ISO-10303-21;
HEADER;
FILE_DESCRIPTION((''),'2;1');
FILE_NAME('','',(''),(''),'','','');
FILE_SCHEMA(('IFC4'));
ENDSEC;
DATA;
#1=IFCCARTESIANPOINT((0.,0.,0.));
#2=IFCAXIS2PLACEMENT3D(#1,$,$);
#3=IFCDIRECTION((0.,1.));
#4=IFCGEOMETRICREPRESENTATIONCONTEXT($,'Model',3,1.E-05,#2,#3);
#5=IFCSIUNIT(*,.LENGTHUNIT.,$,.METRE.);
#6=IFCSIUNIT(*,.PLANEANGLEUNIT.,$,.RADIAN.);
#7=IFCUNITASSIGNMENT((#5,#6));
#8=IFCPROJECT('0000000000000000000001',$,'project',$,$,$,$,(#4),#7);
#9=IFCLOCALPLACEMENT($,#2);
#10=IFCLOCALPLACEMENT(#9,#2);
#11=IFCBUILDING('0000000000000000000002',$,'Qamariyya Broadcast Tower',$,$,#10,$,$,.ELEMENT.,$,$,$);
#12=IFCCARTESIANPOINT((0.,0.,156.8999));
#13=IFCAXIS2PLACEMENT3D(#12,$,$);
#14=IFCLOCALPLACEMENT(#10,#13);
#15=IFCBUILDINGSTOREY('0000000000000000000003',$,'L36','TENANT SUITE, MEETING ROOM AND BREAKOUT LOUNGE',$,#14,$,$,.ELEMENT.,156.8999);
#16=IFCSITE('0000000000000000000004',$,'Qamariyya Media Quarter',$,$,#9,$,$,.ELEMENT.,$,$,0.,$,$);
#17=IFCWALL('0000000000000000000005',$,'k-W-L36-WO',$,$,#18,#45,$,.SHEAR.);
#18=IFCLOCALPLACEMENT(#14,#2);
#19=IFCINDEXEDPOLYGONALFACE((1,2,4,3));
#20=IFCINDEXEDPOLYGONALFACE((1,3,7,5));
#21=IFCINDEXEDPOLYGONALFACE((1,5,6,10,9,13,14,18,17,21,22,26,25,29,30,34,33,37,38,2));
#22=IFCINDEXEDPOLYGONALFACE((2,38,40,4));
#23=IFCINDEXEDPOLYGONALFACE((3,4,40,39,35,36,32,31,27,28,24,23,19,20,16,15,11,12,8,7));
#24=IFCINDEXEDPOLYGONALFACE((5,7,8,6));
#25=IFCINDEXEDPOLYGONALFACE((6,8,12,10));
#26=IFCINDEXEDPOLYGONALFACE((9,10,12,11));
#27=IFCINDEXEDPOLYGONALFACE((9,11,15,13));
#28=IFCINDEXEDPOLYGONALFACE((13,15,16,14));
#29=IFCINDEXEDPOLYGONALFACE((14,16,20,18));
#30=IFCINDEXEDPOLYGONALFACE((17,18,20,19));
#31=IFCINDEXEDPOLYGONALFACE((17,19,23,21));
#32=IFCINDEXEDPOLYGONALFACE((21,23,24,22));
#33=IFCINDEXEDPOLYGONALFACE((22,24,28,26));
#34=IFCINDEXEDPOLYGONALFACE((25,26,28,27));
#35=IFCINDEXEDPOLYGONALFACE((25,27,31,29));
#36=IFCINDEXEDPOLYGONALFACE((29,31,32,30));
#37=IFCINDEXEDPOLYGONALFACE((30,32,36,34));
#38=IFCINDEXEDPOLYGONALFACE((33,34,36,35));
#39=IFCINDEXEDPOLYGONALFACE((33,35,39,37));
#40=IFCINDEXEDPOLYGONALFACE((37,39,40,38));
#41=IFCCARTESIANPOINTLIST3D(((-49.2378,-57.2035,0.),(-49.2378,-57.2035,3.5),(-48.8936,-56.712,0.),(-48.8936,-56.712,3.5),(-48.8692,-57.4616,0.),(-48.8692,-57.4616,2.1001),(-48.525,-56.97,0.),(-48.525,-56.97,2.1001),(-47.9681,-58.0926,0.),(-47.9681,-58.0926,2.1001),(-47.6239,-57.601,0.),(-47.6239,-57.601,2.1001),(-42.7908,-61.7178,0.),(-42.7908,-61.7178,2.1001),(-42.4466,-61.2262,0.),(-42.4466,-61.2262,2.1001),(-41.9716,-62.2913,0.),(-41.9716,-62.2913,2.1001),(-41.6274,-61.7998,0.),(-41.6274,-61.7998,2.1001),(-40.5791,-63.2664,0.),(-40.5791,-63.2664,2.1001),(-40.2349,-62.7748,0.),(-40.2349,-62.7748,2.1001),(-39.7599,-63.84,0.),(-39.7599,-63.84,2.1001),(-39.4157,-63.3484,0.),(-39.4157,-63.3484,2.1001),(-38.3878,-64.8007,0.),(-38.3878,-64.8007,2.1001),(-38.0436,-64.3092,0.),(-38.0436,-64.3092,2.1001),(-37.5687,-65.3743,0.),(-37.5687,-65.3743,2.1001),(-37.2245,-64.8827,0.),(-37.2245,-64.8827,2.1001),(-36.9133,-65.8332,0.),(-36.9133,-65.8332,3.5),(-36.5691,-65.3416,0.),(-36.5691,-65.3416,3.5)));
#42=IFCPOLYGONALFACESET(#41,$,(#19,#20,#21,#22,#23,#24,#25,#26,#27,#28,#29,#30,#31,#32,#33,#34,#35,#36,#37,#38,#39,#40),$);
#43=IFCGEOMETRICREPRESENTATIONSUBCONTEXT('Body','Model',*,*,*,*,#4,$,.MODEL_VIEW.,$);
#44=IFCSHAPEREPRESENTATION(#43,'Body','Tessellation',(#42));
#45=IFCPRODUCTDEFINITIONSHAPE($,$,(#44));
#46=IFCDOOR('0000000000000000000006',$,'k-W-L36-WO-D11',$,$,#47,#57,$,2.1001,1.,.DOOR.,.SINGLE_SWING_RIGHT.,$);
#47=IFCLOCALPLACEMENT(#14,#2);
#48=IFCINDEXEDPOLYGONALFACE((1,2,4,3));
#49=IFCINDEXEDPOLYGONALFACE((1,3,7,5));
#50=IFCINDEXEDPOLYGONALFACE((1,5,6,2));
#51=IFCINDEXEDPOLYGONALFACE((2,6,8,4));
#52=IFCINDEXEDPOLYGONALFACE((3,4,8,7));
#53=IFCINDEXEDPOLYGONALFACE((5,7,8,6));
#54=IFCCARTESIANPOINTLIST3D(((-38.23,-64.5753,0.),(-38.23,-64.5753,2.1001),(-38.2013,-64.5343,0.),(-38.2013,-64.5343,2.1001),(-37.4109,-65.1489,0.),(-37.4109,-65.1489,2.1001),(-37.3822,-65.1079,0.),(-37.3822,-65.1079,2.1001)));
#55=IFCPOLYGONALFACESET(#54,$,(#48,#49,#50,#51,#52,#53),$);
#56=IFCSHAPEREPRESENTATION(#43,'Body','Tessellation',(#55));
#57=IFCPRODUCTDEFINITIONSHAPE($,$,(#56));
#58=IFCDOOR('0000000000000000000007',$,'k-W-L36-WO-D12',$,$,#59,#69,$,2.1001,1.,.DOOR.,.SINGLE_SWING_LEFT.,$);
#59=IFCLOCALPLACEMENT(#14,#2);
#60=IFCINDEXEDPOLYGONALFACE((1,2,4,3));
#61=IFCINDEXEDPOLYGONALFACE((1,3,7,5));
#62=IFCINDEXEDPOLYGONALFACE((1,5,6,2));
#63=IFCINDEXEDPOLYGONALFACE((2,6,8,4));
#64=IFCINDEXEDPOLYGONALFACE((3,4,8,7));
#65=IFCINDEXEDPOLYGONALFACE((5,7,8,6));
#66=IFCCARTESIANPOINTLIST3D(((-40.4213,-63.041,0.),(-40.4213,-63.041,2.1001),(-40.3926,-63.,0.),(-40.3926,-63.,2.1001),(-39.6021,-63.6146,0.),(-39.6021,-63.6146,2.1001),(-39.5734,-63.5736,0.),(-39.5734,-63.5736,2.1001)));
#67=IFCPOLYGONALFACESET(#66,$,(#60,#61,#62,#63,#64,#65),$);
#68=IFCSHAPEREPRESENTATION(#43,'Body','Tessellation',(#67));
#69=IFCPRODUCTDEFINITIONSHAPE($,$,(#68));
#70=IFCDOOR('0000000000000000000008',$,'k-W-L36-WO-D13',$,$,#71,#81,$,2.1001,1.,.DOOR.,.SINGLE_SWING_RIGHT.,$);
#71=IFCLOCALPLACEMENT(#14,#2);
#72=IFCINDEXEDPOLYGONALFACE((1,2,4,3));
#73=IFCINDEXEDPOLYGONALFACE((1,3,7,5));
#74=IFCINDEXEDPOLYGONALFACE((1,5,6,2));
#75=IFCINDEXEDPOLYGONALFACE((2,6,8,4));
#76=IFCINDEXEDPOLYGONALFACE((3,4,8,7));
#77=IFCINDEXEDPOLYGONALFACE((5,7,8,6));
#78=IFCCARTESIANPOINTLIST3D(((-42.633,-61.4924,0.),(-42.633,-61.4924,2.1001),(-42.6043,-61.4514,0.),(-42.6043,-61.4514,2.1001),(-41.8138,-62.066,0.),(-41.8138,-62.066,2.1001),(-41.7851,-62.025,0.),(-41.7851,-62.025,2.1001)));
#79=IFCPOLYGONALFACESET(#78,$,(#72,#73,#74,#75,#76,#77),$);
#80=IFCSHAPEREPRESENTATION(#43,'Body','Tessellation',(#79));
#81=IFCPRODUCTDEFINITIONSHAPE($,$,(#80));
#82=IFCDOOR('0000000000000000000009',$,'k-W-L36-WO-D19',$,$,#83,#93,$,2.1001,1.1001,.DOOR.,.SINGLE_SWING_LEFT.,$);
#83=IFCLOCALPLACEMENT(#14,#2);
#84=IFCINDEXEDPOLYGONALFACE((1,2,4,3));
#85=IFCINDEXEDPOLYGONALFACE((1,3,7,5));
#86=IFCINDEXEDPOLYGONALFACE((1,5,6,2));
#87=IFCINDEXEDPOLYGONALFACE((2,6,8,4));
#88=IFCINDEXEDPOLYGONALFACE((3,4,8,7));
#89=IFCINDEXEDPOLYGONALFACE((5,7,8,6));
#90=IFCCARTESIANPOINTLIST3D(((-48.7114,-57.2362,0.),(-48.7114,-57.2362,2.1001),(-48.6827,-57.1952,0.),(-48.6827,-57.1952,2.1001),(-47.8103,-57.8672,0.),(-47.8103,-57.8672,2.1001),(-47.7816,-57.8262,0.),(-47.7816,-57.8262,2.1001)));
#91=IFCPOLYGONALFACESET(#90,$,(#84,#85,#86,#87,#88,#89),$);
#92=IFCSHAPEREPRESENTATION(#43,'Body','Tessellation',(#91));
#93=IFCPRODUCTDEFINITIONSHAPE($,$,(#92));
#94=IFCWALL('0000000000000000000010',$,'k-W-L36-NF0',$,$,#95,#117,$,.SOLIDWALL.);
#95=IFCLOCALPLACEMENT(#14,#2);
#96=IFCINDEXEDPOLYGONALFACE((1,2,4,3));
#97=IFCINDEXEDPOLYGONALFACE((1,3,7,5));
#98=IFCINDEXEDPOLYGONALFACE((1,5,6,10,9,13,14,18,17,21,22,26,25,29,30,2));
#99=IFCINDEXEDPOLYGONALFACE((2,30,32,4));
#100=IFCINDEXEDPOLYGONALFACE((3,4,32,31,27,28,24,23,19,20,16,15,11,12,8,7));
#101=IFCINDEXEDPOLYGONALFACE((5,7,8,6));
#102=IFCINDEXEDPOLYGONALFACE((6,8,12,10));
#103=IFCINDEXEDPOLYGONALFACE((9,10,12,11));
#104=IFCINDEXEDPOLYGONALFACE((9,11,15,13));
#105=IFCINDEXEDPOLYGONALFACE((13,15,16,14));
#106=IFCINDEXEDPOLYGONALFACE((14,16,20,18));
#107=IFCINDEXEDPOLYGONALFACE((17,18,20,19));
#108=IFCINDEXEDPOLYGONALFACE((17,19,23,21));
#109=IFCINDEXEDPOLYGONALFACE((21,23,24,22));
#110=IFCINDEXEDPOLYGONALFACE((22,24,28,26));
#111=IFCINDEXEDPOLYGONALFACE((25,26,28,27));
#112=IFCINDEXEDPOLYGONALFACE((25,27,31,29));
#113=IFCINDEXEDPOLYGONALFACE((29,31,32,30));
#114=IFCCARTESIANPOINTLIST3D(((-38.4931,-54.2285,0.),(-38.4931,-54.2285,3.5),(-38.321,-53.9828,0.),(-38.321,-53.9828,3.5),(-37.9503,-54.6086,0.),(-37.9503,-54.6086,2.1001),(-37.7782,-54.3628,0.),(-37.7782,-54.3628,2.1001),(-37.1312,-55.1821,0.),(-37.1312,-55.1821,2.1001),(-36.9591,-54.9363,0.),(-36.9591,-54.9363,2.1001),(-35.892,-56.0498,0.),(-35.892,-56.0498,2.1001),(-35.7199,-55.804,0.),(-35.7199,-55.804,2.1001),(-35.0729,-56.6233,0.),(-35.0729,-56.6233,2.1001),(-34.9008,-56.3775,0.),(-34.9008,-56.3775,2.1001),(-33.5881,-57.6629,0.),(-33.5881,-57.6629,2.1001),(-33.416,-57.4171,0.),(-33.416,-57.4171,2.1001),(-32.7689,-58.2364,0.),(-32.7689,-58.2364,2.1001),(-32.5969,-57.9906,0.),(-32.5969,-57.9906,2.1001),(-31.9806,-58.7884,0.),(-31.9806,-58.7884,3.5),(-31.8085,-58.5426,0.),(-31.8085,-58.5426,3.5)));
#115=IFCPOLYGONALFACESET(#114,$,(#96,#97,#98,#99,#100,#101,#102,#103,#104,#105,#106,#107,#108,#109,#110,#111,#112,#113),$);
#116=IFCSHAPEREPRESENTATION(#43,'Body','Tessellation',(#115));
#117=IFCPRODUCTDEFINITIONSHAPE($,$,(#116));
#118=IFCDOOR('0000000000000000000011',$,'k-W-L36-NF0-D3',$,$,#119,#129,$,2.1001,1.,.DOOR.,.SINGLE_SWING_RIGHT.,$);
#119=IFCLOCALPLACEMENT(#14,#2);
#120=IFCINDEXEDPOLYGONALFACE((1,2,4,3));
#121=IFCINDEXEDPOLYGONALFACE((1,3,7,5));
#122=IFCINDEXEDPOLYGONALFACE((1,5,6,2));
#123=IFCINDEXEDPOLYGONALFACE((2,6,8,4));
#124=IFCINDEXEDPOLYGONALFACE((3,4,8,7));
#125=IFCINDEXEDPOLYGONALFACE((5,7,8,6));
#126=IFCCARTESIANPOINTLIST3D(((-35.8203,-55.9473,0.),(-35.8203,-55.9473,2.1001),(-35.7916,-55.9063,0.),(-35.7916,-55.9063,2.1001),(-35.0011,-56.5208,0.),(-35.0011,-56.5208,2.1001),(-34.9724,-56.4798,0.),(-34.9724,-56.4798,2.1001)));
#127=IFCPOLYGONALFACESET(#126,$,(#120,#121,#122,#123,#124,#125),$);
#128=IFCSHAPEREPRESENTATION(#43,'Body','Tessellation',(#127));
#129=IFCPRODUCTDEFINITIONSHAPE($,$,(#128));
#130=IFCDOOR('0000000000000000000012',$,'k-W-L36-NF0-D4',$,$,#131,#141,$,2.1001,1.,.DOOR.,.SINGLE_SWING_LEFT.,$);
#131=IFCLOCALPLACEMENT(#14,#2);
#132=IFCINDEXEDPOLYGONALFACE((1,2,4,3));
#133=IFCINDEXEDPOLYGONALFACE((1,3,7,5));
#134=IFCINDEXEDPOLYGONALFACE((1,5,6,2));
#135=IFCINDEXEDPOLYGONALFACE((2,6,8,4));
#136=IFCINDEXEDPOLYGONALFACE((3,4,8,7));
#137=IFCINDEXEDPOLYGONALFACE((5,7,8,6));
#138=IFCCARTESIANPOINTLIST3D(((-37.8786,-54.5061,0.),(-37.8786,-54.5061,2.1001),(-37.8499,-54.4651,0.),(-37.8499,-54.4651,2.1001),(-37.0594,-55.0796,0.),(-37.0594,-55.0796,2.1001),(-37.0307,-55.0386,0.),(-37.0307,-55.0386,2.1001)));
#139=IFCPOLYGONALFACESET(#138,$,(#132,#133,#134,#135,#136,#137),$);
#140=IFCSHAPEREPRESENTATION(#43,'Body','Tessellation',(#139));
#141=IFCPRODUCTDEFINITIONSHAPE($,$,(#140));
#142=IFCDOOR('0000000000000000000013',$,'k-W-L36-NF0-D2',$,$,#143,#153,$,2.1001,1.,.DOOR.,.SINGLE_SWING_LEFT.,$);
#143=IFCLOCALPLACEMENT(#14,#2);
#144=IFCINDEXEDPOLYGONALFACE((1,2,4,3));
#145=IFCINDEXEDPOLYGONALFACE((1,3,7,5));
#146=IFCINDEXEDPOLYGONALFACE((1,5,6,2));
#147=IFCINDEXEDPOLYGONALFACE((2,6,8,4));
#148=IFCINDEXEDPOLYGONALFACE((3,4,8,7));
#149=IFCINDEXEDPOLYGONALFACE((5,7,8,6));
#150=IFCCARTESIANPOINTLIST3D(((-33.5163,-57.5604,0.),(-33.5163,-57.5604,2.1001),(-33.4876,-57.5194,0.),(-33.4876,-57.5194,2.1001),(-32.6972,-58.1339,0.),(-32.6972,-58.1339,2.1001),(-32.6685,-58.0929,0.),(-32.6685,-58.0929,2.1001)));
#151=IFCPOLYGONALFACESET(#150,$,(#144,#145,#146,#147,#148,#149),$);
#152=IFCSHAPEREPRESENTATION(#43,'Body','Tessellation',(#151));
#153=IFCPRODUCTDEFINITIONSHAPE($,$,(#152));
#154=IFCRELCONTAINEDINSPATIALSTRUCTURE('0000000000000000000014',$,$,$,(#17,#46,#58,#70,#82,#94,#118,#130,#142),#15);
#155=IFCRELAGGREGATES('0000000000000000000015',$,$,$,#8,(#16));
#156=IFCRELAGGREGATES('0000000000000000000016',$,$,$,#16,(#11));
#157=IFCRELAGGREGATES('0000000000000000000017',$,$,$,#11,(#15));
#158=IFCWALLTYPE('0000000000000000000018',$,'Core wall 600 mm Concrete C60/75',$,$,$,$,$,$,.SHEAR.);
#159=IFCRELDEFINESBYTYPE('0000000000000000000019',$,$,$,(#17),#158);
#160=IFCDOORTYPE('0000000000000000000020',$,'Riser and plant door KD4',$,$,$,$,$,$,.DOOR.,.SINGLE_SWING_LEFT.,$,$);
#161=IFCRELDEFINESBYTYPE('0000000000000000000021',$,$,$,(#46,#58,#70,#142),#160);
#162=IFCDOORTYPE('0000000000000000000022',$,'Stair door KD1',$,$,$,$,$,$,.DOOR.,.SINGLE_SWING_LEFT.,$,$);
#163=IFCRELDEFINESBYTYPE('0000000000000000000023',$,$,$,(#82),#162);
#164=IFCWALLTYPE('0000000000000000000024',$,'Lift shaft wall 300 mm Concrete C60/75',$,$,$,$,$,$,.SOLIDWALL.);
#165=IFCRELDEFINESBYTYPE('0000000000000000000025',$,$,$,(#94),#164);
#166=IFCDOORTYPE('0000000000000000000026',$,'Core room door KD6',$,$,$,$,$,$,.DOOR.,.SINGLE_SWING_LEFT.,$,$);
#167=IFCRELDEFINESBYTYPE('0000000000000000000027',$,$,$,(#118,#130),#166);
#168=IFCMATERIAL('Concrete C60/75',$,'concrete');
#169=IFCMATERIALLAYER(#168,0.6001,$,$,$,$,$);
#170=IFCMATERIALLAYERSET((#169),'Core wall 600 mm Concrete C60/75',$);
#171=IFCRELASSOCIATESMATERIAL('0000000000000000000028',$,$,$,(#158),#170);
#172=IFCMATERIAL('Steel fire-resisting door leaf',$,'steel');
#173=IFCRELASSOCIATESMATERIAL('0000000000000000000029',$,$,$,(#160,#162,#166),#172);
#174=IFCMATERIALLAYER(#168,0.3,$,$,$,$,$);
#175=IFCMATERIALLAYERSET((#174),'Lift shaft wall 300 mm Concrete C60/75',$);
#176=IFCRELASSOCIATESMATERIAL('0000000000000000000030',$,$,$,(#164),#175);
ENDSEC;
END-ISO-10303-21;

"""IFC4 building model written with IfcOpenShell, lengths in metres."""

from ifc_helpers import new_model, si_unit, direction, frame, frame_2d, origin, place, context, subcontext, project, spatial, rectangle, extrude, material, layer, layer_set, type_object, element, fill, save


model = new_model("IFC4")

# Units and contexts
model_context = context("Model", 3, precision=1e-05, world=origin(), true_north=direction((0.0, 1.0)))
body_context = subcontext(model_context, "Body", "Model", "MODEL_VIEW")
ifc_project = project(units=[si_unit("LENGTHUNIT", "METRE"), si_unit("PLANEANGLEUNIT", "RADIAN")], contexts=[model_context])

# Site, building, storey
site_placement = place(None, origin())
site = spatial("IfcSite", under=ifc_project, at=site_placement, Name="Qamariyya Media Quarter", CompositionType="ELEMENT", RefElevation=0.0)
building_placement = place(site_placement, origin())
building = spatial("IfcBuilding", under=site, at=building_placement, Name="Qamariyya Broadcast Tower", CompositionType="ELEMENT")
storey_placement = place(building_placement, frame((0.0, 0.0, 156.8999)))
storey = spatial("IfcBuildingStorey", under=building, at=storey_placement, Name="L36", Description="TENANT SUITE, MEETING ROOM AND BREAKOUT LOUNGE", CompositionType="ELEMENT", Elevation=156.8999)

# Walls, openings, doors
ifc_material_1 = material(Name="Concrete C60/75", Category="concrete")
ifc_layer_1 = layer(ifc_material_1, 0.6001)
ifc_layer_set_1 = layer_set([ifc_layer_1], Name="Core wall 600 mm Concrete C60/75")
wall_type_1 = type_object("IfcWallType", Name="Core wall 600 mm Concrete C60/75", PredefinedType="SHEAR", material=ifc_layer_set_1)
wall_1_placement = place(storey_placement, frame((-36.7412, -65.5874, 0.0), z_axis=(0.0, 0.0, 1.0), x_axis=(-0.819153, 0.573575, 0.0)))
wall_1 = element("IfcWall", 1, at=wall_1_placement, inside=storey, type_object=wall_type_1, Name="k-W-L36-WO", PredefinedType="SHEAR", context=body_context, shape_type="SweptSolid", body=[
    extrude(rectangle(XDim=15.0454, YDim=0.6001, at=frame_2d((7.5227, 0.0))), origin(), (0.0, 0.0, 1.0), 3.5),
])
opening_1_placement = place(wall_1_placement, frame((0.8, 0.0, 0.0)))
opening_1 = element("IfcOpeningElement", 2, at=opening_1_placement, cuts=wall_1, PredefinedType="OPENING", context=body_context, shape_type="SweptSolid", body=[
    extrude(rectangle(XDim=1.0, YDim=2.1001, at=frame_2d((0.5, 1.05))), frame((0.0, 0.3101, 0.0), z_axis=(0.0, -1.0, 0.0), x_axis=(1.0, 0.0, 0.0)), (0.0, 0.0, 1.0), 0.6201),
])
opening_2_placement = place(wall_1_placement, frame((3.4751, 0.0, 0.0)))
opening_2 = element("IfcOpeningElement", 3, at=opening_2_placement, cuts=wall_1, PredefinedType="OPENING", context=body_context, shape_type="SweptSolid", body=[
    extrude(rectangle(XDim=1.0, YDim=2.1001, at=frame_2d((0.5, 1.05))), frame((0.0, 0.3101, 0.0), z_axis=(0.0, -1.0, 0.0), x_axis=(1.0, 0.0, 0.0)), (0.0, 0.0, 1.0), 0.6201),
])
opening_3_placement = place(wall_1_placement, frame((6.175, 0.0, 0.0)))
opening_3 = element("IfcOpeningElement", 4, at=opening_3_placement, cuts=wall_1, PredefinedType="OPENING", context=body_context, shape_type="SweptSolid", body=[
    extrude(rectangle(XDim=1.0, YDim=2.1001, at=frame_2d((0.5, 1.05))), frame((0.0, 0.3101, 0.0), z_axis=(0.0, -1.0, 0.0), x_axis=(1.0, 0.0, 0.0)), (0.0, 0.0, 1.0), 0.6201),
])
opening_4_placement = place(wall_1_placement, frame((13.4954, 0.0, 0.0)))
opening_4 = element("IfcOpeningElement", 5, at=opening_4_placement, cuts=wall_1, PredefinedType="OPENING", context=body_context, shape_type="SweptSolid", body=[
    extrude(rectangle(XDim=1.1001, YDim=2.1001, at=frame_2d((0.55, 1.05))), frame((0.0, 0.3101, 0.0), z_axis=(0.0, -1.0, 0.0), x_axis=(1.0, 0.0, 0.0)), (0.0, 0.0, 1.0), 0.6201),
])
ifc_material_2 = material(Name="Steel fire-resisting door leaf", Category="steel")
door_type_1 = type_object("IfcDoorType", Name="Riser and plant door KD4", OperationType="SINGLE_SWING_LEFT", PredefinedType="DOOR", material=ifc_material_2)
door_1_placement = place(opening_1_placement, origin())
door_1 = element("IfcDoor", 6, at=door_1_placement, inside=storey, type_object=door_type_1, Name="k-W-L36-WO-D11", OperationType="SINGLE_SWING_RIGHT", OverallHeight=2.1001, OverallWidth=1.0, PredefinedType="DOOR", context=body_context, shape_type="SweptSolid", body=[
    extrude(rectangle(XDim=1.0, YDim=2.1001, at=frame_2d((0.5, 1.05))), frame((0.0, 0.0249, 0.0), z_axis=(0.0, -1.0, 0.0), x_axis=(1.0, 0.0, 0.0)), (0.0, 0.0, 1.0), 0.05),
])
fill(opening_1, door_1)
door_2_placement = place(opening_2_placement, origin())
door_2 = element("IfcDoor", 7, at=door_2_placement, inside=storey, type_object=door_type_1, Name="k-W-L36-WO-D12", OperationType="SINGLE_SWING_LEFT", OverallHeight=2.1001, OverallWidth=1.0, PredefinedType="DOOR", context=body_context, shape_type="SweptSolid", body=[
    extrude(rectangle(XDim=1.0, YDim=2.1001, at=frame_2d((0.5, 1.05))), frame((0.0, 0.0249, 0.0), z_axis=(0.0, -1.0, 0.0), x_axis=(1.0, 0.0, 0.0)), (0.0, 0.0, 1.0), 0.05),
])
fill(opening_2, door_2)
door_3_placement = place(opening_3_placement, origin())
door_3 = element("IfcDoor", 8, at=door_3_placement, inside=storey, type_object=door_type_1, Name="k-W-L36-WO-D13", OperationType="SINGLE_SWING_RIGHT", OverallHeight=2.1001, OverallWidth=1.0, PredefinedType="DOOR", context=body_context, shape_type="SweptSolid", body=[
    extrude(rectangle(XDim=1.0, YDim=2.1001, at=frame_2d((0.5, 1.05))), frame((0.0, 0.0249, 0.0), z_axis=(0.0, -1.0, 0.0), x_axis=(1.0, 0.0, 0.0)), (0.0, 0.0, 1.0), 0.05),
])
fill(opening_3, door_3)
door_type_2 = type_object("IfcDoorType", Name="Stair door KD1", OperationType="SINGLE_SWING_LEFT", PredefinedType="DOOR", material=ifc_material_2)
door_4_placement = place(opening_4_placement, origin())
door_4 = element("IfcDoor", 9, at=door_4_placement, inside=storey, type_object=door_type_2, Name="k-W-L36-WO-D19", OperationType="SINGLE_SWING_LEFT", OverallHeight=2.1001, OverallWidth=1.1001, PredefinedType="DOOR", context=body_context, shape_type="SweptSolid", body=[
    extrude(rectangle(XDim=1.1001, YDim=2.1001, at=frame_2d((0.55, 1.05))), frame((0.0, 0.0249, 0.0), z_axis=(0.0, -1.0, 0.0), x_axis=(1.0, 0.0, 0.0)), (0.0, 0.0, 1.0), 0.05),
])
fill(opening_4, door_4)
ifc_layer_2 = layer(ifc_material_1, 0.3)
ifc_layer_set_2 = layer_set([ifc_layer_2], Name="Lift shaft wall 300 mm Concrete C60/75")
wall_type_2 = type_object("IfcWallType", Name="Lift shaft wall 300 mm Concrete C60/75", PredefinedType="SOLIDWALL", material=ifc_layer_set_2)
wall_2_placement = place(storey_placement, frame((-31.8945, -58.6655, 0.0), z_axis=(0.0, 0.0, 1.0), x_axis=(-0.819167, 0.573555, 0.0)))
wall_2 = element("IfcWall", 10, at=wall_2_placement, inside=storey, type_object=wall_type_2, Name="k-W-L36-NF0", PredefinedType="SOLIDWALL", context=body_context, shape_type="SweptSolid", body=[
    extrude(rectangle(XDim=7.9502, YDim=0.3, at=frame_2d((3.9751, 0.0))), origin(), (0.0, 0.0, 1.0), 3.5),
])
opening_5_placement = place(wall_2_placement, frame((0.9624, 0.0, 0.0)))
opening_5 = element("IfcOpeningElement", 11, at=opening_5_placement, cuts=wall_2, PredefinedType="OPENING", context=body_context, shape_type="SweptSolid", body=[
    extrude(rectangle(XDim=1.0, YDim=2.1001, at=frame_2d((0.5, 1.05))), frame((0.0, 0.1599, 0.0), z_axis=(0.0, -1.0, 0.0), x_axis=(1.0, 0.0, 0.0)), (0.0, 0.0, 1.0), 0.3201),
])
opening_6_placement = place(wall_2_placement, frame((3.7749, 0.0, 0.0)))
opening_6 = element("IfcOpeningElement", 12, at=opening_6_placement, cuts=wall_2, PredefinedType="OPENING", context=body_context, shape_type="SweptSolid", body=[
    extrude(rectangle(XDim=1.0, YDim=2.1001, at=frame_2d((0.5, 1.05))), frame((0.0, 0.1599, 0.0), z_axis=(0.0, -1.0, 0.0), x_axis=(1.0, 0.0, 0.0)), (0.0, 0.0, 1.0), 0.3201),
])
opening_7_placement = place(wall_2_placement, frame((6.2876, 0.0, 0.0)))
opening_7 = element("IfcOpeningElement", 13, at=opening_7_placement, cuts=wall_2, PredefinedType="OPENING", context=body_context, shape_type="SweptSolid", body=[
    extrude(rectangle(XDim=1.0, YDim=2.1001, at=frame_2d((0.5, 1.05))), frame((0.0, 0.1599, 0.0), z_axis=(0.0, -1.0, 0.0), x_axis=(1.0, 0.0, 0.0)), (0.0, 0.0, 1.0), 0.3201),
])
door_type_3 = type_object("IfcDoorType", Name="Core room door KD6", OperationType="SINGLE_SWING_LEFT", PredefinedType="DOOR", material=ifc_material_2)
door_5_placement = place(opening_6_placement, origin())
door_5 = element("IfcDoor", 14, at=door_5_placement, inside=storey, type_object=door_type_3, Name="k-W-L36-NF0-D3", OperationType="SINGLE_SWING_RIGHT", OverallHeight=2.1001, OverallWidth=1.0, PredefinedType="DOOR", context=body_context, shape_type="SweptSolid", body=[
    extrude(rectangle(XDim=1.0, YDim=2.1001, at=frame_2d((0.5, 1.05))), frame((0.0, 0.0249, 0.0), z_axis=(0.0, -1.0, 0.0), x_axis=(1.0, 0.0, 0.0)), (0.0, 0.0, 1.0), 0.05),
])
fill(opening_6, door_5)
door_6_placement = place(opening_7_placement, origin())
door_6 = element("IfcDoor", 15, at=door_6_placement, inside=storey, type_object=door_type_3, Name="k-W-L36-NF0-D4", OperationType="SINGLE_SWING_LEFT", OverallHeight=2.1001, OverallWidth=1.0, PredefinedType="DOOR", context=body_context, shape_type="SweptSolid", body=[
    extrude(rectangle(XDim=1.0, YDim=2.1001, at=frame_2d((0.5, 1.05))), frame((0.0, 0.0249, 0.0), z_axis=(0.0, -1.0, 0.0), x_axis=(1.0, 0.0, 0.0)), (0.0, 0.0, 1.0), 0.05),
])
fill(opening_7, door_6)
door_7_placement = place(opening_5_placement, origin())
door_7 = element("IfcDoor", 16, at=door_7_placement, inside=storey, type_object=door_type_1, Name="k-W-L36-NF0-D2", OperationType="SINGLE_SWING_LEFT", OverallHeight=2.1001, OverallWidth=1.0, PredefinedType="DOOR", context=body_context, shape_type="SweptSolid", body=[
    extrude(rectangle(XDim=1.0, YDim=2.1001, at=frame_2d((0.5, 1.05))), frame((0.0, 0.0249, 0.0), z_axis=(0.0, -1.0, 0.0), x_axis=(1.0, 0.0, 0.0)), (0.0, 0.0, 1.0), 0.05),
])
fill(opening_5, door_7)

save(model, "model.ifc")
